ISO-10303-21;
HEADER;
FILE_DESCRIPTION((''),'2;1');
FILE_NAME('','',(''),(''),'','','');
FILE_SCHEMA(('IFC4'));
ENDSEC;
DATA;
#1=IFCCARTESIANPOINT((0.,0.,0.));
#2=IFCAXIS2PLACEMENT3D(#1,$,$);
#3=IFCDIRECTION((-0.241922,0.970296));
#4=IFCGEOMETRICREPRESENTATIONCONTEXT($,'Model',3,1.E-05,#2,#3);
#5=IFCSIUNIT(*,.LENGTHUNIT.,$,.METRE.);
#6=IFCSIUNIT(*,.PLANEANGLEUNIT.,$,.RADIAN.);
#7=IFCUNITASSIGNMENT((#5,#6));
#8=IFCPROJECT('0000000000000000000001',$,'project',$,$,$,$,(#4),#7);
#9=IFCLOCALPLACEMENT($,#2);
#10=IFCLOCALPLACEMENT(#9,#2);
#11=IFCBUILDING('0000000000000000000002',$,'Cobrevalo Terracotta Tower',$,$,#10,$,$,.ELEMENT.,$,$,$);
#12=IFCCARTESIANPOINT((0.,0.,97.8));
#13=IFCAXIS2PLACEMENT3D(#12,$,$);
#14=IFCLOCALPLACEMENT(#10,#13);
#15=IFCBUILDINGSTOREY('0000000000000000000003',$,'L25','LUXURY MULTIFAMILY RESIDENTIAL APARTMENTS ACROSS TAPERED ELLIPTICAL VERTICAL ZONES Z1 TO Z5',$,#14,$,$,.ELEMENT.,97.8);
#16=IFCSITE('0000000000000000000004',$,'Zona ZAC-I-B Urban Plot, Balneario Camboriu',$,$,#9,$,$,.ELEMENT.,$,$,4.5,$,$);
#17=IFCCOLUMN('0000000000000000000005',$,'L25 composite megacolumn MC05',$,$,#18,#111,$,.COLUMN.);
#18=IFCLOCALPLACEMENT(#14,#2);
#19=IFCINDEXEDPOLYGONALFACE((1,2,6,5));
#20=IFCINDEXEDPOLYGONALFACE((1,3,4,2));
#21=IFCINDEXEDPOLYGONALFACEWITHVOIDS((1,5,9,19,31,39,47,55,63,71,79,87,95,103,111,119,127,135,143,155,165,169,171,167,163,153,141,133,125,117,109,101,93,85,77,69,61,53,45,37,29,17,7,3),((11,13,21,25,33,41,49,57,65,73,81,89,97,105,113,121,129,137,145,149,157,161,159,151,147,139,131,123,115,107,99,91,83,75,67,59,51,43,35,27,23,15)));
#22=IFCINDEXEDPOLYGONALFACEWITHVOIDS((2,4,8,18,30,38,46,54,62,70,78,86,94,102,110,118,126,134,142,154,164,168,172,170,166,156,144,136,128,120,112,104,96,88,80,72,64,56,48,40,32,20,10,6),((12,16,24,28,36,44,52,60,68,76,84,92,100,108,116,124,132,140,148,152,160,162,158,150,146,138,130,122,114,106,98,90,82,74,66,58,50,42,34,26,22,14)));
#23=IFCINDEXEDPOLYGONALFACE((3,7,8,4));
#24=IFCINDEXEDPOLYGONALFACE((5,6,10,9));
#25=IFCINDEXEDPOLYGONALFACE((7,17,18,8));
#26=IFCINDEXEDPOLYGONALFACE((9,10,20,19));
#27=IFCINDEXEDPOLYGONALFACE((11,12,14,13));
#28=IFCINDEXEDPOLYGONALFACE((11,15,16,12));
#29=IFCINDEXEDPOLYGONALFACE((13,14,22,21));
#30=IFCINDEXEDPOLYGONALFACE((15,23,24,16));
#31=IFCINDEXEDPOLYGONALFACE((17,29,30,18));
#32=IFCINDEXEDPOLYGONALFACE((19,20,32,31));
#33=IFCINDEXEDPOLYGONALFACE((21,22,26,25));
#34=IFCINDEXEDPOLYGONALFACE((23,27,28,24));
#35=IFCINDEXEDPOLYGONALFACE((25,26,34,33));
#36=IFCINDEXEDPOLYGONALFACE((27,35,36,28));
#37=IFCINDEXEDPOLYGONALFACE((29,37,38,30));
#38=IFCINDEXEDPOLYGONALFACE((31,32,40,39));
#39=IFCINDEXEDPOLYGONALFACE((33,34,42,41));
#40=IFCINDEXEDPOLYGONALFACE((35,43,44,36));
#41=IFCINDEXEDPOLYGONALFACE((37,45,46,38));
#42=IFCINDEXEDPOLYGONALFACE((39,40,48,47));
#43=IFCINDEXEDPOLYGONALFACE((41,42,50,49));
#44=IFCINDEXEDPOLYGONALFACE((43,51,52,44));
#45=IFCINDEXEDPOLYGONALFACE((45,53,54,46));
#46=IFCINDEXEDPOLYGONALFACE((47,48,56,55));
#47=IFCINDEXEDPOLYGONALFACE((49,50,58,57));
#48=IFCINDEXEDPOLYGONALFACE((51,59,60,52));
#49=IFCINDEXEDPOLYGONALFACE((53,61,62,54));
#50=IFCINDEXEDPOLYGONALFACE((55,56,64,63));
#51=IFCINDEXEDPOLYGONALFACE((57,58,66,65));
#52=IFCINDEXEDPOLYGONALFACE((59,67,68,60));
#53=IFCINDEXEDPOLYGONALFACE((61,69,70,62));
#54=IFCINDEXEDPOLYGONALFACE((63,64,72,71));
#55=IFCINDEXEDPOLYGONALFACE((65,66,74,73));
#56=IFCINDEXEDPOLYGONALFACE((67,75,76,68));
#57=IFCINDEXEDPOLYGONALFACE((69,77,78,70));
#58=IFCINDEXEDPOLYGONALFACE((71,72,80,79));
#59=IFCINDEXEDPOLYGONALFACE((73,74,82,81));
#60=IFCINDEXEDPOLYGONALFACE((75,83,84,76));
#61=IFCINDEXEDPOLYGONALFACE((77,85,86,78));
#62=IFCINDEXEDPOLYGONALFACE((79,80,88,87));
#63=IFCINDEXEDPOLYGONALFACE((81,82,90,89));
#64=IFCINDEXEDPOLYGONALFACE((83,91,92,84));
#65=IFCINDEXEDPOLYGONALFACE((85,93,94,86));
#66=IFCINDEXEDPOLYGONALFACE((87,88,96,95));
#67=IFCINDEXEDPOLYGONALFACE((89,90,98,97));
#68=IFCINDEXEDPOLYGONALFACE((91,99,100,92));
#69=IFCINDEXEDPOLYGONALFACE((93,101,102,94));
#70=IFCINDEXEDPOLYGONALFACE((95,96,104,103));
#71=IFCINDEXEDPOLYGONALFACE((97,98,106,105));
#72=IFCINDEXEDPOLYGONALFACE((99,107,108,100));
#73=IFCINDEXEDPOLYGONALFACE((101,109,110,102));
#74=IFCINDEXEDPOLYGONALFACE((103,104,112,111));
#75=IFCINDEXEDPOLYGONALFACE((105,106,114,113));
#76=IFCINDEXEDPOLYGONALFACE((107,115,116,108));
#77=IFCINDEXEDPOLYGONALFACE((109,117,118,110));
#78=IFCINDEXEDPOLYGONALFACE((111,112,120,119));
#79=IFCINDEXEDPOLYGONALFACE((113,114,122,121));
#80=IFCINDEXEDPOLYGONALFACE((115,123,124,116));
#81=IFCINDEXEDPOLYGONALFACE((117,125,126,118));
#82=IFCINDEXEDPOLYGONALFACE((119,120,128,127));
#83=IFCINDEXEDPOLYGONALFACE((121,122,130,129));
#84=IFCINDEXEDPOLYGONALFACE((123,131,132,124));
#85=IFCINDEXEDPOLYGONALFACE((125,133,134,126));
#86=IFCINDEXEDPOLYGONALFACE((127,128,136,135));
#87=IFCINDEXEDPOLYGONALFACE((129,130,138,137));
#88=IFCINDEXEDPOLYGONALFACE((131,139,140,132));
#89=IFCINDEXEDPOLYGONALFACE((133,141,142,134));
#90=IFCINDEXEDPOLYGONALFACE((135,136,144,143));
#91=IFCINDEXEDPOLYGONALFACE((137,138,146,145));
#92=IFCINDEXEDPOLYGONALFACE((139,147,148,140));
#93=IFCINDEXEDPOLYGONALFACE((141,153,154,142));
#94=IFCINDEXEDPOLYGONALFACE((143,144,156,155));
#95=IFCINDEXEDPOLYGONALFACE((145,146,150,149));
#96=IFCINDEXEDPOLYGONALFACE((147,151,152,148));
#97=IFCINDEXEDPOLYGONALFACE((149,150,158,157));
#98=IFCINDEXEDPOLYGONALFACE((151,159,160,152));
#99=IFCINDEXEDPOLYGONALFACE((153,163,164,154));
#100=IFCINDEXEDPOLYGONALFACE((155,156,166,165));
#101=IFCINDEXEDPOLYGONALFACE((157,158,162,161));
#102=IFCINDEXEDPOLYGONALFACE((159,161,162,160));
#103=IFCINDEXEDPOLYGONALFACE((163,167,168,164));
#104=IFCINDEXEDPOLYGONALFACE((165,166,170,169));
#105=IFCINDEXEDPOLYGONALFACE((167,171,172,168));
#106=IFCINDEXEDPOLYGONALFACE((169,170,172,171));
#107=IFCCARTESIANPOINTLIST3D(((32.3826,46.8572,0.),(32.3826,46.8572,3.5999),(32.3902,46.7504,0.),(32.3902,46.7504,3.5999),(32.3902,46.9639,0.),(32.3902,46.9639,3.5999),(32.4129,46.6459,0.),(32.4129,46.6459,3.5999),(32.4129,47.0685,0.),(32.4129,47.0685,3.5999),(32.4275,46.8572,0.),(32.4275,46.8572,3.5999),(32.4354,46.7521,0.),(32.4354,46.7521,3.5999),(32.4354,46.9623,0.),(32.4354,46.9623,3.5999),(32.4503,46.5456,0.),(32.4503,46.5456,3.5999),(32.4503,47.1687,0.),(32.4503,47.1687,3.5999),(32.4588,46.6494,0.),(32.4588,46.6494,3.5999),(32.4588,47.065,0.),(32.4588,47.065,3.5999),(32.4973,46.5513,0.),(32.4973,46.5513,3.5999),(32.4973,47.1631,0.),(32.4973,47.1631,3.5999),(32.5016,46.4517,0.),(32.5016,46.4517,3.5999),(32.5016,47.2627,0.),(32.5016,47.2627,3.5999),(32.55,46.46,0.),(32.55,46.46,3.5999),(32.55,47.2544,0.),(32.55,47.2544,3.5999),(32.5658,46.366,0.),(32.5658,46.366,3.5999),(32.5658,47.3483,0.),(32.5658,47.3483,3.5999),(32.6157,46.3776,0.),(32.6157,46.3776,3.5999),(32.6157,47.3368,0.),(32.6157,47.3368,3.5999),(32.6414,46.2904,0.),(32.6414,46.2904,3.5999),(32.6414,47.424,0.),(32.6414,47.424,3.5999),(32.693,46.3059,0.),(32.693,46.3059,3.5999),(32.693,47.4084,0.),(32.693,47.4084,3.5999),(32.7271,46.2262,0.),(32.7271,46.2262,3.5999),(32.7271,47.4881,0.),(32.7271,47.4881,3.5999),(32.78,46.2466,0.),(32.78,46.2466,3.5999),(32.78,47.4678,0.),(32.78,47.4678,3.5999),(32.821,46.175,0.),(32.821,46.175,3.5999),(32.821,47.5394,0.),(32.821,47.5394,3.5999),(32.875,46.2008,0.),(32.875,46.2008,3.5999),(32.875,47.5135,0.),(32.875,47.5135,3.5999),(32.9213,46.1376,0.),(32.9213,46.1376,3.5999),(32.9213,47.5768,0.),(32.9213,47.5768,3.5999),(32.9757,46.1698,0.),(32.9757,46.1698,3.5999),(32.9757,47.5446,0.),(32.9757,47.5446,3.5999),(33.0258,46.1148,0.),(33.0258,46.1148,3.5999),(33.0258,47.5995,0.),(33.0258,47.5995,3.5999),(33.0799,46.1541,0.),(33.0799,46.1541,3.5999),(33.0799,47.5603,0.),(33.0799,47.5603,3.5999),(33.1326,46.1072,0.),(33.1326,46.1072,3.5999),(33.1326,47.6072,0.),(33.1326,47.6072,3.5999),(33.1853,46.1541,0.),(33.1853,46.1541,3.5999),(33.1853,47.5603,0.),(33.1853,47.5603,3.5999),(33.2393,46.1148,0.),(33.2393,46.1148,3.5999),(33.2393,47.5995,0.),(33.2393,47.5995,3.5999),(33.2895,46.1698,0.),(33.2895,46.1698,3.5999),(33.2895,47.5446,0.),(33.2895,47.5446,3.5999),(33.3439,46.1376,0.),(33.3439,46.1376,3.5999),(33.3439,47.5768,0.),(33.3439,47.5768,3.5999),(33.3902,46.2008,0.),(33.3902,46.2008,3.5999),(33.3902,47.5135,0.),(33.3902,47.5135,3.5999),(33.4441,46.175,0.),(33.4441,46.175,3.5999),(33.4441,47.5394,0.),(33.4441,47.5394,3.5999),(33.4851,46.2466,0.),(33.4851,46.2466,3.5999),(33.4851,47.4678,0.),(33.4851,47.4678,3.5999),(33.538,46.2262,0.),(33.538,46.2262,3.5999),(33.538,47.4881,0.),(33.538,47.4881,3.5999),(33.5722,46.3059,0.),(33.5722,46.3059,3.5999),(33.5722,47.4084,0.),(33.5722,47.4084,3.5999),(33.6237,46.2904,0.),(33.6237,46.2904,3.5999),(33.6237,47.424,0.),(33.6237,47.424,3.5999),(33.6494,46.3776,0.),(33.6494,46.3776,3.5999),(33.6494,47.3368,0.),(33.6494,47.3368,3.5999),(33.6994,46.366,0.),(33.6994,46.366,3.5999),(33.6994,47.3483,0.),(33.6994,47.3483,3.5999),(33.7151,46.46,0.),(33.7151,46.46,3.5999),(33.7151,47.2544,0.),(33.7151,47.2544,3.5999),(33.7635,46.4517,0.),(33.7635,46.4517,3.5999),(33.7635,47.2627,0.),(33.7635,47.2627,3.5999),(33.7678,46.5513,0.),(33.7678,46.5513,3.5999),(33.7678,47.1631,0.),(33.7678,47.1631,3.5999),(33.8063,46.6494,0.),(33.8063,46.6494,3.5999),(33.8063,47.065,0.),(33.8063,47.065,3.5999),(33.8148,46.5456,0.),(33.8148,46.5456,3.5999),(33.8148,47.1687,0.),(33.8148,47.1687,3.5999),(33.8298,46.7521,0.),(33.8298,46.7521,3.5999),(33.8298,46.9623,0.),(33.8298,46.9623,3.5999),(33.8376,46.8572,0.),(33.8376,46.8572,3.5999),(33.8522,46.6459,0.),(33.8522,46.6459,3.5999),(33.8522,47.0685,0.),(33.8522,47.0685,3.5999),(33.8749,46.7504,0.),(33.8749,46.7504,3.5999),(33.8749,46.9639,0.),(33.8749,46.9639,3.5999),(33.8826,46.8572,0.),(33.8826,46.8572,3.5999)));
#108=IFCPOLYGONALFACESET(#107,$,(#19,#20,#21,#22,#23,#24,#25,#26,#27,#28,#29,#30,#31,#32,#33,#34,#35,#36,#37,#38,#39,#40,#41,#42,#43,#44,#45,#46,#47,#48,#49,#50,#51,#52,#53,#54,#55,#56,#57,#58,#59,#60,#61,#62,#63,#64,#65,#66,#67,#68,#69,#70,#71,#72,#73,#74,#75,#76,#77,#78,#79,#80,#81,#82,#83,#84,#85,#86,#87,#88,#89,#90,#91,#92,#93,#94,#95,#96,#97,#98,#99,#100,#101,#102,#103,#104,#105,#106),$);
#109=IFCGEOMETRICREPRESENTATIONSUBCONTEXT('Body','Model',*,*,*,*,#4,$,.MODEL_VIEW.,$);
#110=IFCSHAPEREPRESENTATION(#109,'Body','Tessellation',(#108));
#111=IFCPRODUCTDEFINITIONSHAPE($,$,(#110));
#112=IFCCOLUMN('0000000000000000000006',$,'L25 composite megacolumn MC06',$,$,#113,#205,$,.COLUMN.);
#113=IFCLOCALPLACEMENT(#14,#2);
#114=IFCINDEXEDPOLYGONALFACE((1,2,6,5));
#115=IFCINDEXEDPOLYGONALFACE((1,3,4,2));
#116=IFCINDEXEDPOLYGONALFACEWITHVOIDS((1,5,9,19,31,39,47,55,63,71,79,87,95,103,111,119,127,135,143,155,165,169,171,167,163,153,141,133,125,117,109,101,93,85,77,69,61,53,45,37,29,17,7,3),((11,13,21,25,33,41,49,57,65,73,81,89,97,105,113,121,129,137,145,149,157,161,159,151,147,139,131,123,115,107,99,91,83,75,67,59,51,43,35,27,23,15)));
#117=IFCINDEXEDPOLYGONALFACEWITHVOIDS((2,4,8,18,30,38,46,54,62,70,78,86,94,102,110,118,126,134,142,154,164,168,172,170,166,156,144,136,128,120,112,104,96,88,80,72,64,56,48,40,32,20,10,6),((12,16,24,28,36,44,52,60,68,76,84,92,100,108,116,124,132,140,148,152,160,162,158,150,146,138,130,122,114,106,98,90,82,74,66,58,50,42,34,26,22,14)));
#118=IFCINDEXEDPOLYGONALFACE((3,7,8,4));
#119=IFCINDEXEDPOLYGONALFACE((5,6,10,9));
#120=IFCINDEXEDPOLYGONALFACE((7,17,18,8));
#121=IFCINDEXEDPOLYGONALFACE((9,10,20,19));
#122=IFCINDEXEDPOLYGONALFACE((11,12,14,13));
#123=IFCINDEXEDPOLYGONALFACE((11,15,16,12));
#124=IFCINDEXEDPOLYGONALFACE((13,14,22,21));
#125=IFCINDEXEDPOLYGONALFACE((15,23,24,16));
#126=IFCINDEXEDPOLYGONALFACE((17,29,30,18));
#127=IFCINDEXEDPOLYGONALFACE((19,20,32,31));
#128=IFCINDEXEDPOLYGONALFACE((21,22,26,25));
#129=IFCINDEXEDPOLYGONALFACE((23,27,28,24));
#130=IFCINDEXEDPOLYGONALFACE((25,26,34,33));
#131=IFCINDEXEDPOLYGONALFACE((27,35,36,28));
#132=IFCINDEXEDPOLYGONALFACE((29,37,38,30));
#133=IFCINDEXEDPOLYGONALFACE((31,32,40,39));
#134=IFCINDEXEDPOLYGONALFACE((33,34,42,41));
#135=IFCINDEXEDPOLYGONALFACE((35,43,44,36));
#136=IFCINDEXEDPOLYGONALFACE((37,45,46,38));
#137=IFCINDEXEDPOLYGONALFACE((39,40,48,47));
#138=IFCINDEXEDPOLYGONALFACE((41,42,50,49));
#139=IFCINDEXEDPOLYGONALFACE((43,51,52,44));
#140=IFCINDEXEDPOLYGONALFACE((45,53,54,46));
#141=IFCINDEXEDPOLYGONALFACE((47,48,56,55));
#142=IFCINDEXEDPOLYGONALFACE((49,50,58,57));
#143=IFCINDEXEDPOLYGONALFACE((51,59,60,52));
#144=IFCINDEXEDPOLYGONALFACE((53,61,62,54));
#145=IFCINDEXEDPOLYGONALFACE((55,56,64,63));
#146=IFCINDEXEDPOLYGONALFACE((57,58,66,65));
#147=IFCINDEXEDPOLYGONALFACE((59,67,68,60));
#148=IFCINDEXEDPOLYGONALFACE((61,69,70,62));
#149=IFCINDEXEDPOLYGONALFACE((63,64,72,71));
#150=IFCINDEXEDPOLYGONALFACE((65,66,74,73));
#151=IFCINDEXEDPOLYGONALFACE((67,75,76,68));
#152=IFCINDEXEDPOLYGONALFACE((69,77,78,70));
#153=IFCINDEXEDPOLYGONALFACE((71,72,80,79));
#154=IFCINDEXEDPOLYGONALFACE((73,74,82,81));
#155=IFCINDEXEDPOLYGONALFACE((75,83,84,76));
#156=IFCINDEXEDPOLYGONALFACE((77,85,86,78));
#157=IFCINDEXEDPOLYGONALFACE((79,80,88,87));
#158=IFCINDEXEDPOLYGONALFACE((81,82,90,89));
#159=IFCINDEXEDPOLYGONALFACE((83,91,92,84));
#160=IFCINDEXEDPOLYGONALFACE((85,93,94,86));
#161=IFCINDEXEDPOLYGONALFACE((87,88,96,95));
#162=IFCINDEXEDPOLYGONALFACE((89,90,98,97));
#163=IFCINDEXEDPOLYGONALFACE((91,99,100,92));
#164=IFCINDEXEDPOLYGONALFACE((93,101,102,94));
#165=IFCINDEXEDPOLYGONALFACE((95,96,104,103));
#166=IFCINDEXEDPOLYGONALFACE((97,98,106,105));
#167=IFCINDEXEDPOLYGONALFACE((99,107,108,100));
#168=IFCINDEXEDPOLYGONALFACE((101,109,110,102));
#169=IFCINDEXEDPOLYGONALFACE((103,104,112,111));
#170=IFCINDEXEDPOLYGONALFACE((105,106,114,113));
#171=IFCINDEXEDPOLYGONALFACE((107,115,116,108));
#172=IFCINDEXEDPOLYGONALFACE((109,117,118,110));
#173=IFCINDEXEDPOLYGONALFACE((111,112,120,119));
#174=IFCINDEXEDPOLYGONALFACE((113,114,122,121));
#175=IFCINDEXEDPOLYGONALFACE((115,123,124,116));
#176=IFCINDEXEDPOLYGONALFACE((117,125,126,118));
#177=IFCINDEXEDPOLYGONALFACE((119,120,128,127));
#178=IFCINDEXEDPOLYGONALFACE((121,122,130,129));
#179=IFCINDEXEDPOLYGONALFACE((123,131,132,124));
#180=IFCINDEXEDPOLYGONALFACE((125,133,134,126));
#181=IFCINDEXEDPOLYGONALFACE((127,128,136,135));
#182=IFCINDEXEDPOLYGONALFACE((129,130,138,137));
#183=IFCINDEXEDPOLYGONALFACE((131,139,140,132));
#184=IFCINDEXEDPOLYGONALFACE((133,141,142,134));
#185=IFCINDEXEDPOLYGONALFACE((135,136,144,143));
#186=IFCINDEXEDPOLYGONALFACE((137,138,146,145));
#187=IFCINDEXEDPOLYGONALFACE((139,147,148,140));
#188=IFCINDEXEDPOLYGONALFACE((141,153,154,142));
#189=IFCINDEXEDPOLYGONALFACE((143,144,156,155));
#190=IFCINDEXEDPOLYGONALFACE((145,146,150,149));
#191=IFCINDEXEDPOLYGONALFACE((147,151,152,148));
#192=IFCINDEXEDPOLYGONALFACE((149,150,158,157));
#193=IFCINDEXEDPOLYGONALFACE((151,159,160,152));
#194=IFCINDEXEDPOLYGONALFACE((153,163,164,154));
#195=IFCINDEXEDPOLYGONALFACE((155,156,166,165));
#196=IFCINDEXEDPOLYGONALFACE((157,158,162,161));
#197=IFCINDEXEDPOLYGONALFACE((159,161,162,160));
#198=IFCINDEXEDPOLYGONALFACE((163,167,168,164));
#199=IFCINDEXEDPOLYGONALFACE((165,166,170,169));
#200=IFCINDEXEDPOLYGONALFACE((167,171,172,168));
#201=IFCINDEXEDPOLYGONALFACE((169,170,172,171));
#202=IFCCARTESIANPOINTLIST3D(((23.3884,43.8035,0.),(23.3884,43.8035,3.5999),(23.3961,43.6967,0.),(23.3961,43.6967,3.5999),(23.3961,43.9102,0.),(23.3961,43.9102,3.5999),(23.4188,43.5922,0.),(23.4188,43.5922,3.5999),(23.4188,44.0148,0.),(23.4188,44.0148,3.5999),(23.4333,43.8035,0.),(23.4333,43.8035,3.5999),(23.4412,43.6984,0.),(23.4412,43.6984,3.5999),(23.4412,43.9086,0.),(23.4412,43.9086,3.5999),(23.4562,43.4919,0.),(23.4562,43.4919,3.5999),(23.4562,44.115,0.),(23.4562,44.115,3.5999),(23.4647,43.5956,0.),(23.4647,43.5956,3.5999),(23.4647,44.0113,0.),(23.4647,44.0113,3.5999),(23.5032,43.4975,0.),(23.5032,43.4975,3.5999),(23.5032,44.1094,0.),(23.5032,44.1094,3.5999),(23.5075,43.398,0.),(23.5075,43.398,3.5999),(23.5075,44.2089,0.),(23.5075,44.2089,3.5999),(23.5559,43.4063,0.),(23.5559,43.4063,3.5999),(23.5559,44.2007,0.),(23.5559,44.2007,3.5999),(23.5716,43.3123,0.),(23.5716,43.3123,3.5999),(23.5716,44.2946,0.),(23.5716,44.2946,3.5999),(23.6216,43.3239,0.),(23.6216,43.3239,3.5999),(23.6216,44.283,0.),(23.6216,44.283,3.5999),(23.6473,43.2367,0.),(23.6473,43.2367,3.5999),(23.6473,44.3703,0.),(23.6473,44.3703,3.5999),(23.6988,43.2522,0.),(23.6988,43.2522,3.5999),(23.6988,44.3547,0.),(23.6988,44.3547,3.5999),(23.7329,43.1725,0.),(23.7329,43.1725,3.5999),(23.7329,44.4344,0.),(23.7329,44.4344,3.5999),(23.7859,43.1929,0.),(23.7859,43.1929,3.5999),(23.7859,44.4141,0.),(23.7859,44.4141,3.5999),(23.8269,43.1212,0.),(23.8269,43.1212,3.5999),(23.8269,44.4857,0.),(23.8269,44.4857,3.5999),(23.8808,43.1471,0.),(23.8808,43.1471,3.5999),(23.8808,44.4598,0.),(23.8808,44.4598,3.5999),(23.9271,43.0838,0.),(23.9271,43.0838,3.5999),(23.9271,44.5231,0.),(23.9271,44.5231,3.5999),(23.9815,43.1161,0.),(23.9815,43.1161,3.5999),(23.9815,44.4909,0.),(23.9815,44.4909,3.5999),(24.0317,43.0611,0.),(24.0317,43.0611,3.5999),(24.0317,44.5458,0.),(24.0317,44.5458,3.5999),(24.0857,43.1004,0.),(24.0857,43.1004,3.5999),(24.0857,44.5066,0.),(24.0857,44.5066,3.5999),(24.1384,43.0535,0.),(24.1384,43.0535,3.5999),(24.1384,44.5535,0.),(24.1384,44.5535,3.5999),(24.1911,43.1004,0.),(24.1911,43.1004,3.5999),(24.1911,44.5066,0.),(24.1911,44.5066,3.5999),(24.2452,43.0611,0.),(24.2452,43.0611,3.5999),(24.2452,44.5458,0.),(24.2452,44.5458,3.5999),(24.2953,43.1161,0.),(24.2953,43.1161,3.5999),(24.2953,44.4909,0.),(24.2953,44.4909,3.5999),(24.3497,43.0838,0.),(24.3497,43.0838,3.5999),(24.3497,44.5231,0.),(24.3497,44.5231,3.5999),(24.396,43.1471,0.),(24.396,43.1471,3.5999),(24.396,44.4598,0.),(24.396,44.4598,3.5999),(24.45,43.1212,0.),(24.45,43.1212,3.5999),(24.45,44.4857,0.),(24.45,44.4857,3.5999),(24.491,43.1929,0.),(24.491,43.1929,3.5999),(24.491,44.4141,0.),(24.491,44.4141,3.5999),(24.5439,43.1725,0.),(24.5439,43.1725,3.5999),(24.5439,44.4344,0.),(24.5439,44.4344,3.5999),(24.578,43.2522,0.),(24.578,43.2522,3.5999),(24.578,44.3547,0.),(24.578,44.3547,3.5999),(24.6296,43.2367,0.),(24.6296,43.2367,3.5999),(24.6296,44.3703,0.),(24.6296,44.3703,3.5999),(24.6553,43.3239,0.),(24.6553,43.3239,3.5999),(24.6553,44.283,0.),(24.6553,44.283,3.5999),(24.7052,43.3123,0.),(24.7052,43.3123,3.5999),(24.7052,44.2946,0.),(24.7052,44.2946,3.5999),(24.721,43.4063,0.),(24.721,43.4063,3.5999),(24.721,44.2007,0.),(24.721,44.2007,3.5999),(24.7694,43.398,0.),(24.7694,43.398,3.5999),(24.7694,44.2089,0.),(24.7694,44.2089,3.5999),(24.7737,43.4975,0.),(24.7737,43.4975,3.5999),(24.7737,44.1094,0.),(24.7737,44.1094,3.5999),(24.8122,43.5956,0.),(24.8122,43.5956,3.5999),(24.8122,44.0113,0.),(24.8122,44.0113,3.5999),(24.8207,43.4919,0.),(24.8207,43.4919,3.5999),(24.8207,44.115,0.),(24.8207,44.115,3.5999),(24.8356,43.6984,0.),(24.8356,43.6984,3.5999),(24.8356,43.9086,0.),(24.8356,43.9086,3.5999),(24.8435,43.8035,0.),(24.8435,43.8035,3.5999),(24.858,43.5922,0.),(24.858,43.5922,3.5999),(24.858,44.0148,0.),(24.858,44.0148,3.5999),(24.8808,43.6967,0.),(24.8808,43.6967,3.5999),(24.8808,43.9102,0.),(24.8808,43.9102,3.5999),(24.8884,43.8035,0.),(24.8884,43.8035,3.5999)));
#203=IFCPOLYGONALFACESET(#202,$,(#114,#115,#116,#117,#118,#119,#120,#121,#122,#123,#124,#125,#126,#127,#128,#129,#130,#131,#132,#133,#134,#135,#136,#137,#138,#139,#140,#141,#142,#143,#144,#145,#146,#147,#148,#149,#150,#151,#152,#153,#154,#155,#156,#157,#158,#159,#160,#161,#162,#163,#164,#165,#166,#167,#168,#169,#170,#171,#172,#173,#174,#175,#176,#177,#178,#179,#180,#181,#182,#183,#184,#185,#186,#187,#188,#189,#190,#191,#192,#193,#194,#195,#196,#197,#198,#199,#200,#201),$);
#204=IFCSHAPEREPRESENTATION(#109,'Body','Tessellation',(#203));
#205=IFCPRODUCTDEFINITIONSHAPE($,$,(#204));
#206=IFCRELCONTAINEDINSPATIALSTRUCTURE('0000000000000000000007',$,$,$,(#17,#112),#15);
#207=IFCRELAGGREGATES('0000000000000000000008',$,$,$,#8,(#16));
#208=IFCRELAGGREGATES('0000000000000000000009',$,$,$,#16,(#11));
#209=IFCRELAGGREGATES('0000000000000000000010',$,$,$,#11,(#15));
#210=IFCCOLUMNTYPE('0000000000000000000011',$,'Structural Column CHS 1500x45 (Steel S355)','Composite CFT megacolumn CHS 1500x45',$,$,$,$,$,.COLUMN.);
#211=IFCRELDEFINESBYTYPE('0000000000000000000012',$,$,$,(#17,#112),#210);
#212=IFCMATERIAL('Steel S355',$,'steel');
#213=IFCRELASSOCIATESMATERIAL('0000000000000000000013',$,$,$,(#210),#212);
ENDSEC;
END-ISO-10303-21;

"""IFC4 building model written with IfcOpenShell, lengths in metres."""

from ifc_helpers import new_model, si_unit, direction, frame, origin, origin_2d, place, context, subcontext, project, spatial, hollow_circle, extrude, material, material_profile, profile_set, type_object, element, save


model = new_model("IFC4")

# Units and contexts
model_context = context("Model", 3, precision=1e-05, world=origin(), true_north=direction((-0.241922, 0.970296)))
body_context = subcontext(model_context, "Body", "Model", "MODEL_VIEW")
ifc_project = project(units=[si_unit("LENGTHUNIT", "METRE"), si_unit("PLANEANGLEUNIT", "RADIAN")], contexts=[model_context])

# Site, building, storey
site_placement = place(None, origin())
site = spatial("IfcSite", under=ifc_project, at=site_placement, Name="Zona ZAC-I-B Urban Plot, Balneario Camboriu", CompositionType="ELEMENT", RefElevation=4.5)
building_placement = place(site_placement, origin())
building = spatial("IfcBuilding", under=site, at=building_placement, Name="Cobrevalo Terracotta Tower", CompositionType="ELEMENT")
storey_placement = place(building_placement, frame((0.0, 0.0, 97.8)))
storey = spatial("IfcBuildingStorey", under=building, at=storey_placement, Name="L25", Description="LUXURY MULTIFAMILY RESIDENTIAL APARTMENTS ACROSS TAPERED ELLIPTICAL VERTICAL ZONES Z1 TO Z5", CompositionType="ELEMENT", Elevation=97.8)

# Columns
ifc_material_1 = material(Name="Steel S355", Category="steel")
ifc_material_profile_1 = material_profile(ifc_material_1, hollow_circle(Radius=0.75, WallThickness=0.0449, at=origin_2d()), Name="CHS 1500x45")
ifc_profile_set_1 = profile_set([ifc_material_profile_1], Name="Steel S355")
column_type = type_object("IfcColumnType", Name="Structural Column CHS 1500x45 (Steel S355)", Description="Composite CFT megacolumn CHS 1500x45", PredefinedType="COLUMN", material=ifc_profile_set_1)
for number, where, z_axis, x_axis, name in (
    (1, (33.1326, 46.8572, 0.0), (0.0, 0.0, 1.0), (1.0, 0.0, 0.0), "L25 composite megacolumn MC05"),
    (2, (24.1384, 43.8035, 0.0), (0.0, 0.0, 1.0), (1.0, 0.0, 0.0), "L25 composite megacolumn MC06"),
):
    element("IfcColumn", number, at=place(storey_placement, frame(where, z_axis=z_axis, x_axis=x_axis)), inside=storey, type_object=column_type, Name=name, PredefinedType="COLUMN", context=body_context, shape_type="SweptSolid", body=[
        extrude(hollow_circle(Radius=0.75, WallThickness=0.0449, at=origin_2d()), origin(), (0.0, 0.0, 1.0), 3.5999),
    ])

save(model, "model.ifc")
